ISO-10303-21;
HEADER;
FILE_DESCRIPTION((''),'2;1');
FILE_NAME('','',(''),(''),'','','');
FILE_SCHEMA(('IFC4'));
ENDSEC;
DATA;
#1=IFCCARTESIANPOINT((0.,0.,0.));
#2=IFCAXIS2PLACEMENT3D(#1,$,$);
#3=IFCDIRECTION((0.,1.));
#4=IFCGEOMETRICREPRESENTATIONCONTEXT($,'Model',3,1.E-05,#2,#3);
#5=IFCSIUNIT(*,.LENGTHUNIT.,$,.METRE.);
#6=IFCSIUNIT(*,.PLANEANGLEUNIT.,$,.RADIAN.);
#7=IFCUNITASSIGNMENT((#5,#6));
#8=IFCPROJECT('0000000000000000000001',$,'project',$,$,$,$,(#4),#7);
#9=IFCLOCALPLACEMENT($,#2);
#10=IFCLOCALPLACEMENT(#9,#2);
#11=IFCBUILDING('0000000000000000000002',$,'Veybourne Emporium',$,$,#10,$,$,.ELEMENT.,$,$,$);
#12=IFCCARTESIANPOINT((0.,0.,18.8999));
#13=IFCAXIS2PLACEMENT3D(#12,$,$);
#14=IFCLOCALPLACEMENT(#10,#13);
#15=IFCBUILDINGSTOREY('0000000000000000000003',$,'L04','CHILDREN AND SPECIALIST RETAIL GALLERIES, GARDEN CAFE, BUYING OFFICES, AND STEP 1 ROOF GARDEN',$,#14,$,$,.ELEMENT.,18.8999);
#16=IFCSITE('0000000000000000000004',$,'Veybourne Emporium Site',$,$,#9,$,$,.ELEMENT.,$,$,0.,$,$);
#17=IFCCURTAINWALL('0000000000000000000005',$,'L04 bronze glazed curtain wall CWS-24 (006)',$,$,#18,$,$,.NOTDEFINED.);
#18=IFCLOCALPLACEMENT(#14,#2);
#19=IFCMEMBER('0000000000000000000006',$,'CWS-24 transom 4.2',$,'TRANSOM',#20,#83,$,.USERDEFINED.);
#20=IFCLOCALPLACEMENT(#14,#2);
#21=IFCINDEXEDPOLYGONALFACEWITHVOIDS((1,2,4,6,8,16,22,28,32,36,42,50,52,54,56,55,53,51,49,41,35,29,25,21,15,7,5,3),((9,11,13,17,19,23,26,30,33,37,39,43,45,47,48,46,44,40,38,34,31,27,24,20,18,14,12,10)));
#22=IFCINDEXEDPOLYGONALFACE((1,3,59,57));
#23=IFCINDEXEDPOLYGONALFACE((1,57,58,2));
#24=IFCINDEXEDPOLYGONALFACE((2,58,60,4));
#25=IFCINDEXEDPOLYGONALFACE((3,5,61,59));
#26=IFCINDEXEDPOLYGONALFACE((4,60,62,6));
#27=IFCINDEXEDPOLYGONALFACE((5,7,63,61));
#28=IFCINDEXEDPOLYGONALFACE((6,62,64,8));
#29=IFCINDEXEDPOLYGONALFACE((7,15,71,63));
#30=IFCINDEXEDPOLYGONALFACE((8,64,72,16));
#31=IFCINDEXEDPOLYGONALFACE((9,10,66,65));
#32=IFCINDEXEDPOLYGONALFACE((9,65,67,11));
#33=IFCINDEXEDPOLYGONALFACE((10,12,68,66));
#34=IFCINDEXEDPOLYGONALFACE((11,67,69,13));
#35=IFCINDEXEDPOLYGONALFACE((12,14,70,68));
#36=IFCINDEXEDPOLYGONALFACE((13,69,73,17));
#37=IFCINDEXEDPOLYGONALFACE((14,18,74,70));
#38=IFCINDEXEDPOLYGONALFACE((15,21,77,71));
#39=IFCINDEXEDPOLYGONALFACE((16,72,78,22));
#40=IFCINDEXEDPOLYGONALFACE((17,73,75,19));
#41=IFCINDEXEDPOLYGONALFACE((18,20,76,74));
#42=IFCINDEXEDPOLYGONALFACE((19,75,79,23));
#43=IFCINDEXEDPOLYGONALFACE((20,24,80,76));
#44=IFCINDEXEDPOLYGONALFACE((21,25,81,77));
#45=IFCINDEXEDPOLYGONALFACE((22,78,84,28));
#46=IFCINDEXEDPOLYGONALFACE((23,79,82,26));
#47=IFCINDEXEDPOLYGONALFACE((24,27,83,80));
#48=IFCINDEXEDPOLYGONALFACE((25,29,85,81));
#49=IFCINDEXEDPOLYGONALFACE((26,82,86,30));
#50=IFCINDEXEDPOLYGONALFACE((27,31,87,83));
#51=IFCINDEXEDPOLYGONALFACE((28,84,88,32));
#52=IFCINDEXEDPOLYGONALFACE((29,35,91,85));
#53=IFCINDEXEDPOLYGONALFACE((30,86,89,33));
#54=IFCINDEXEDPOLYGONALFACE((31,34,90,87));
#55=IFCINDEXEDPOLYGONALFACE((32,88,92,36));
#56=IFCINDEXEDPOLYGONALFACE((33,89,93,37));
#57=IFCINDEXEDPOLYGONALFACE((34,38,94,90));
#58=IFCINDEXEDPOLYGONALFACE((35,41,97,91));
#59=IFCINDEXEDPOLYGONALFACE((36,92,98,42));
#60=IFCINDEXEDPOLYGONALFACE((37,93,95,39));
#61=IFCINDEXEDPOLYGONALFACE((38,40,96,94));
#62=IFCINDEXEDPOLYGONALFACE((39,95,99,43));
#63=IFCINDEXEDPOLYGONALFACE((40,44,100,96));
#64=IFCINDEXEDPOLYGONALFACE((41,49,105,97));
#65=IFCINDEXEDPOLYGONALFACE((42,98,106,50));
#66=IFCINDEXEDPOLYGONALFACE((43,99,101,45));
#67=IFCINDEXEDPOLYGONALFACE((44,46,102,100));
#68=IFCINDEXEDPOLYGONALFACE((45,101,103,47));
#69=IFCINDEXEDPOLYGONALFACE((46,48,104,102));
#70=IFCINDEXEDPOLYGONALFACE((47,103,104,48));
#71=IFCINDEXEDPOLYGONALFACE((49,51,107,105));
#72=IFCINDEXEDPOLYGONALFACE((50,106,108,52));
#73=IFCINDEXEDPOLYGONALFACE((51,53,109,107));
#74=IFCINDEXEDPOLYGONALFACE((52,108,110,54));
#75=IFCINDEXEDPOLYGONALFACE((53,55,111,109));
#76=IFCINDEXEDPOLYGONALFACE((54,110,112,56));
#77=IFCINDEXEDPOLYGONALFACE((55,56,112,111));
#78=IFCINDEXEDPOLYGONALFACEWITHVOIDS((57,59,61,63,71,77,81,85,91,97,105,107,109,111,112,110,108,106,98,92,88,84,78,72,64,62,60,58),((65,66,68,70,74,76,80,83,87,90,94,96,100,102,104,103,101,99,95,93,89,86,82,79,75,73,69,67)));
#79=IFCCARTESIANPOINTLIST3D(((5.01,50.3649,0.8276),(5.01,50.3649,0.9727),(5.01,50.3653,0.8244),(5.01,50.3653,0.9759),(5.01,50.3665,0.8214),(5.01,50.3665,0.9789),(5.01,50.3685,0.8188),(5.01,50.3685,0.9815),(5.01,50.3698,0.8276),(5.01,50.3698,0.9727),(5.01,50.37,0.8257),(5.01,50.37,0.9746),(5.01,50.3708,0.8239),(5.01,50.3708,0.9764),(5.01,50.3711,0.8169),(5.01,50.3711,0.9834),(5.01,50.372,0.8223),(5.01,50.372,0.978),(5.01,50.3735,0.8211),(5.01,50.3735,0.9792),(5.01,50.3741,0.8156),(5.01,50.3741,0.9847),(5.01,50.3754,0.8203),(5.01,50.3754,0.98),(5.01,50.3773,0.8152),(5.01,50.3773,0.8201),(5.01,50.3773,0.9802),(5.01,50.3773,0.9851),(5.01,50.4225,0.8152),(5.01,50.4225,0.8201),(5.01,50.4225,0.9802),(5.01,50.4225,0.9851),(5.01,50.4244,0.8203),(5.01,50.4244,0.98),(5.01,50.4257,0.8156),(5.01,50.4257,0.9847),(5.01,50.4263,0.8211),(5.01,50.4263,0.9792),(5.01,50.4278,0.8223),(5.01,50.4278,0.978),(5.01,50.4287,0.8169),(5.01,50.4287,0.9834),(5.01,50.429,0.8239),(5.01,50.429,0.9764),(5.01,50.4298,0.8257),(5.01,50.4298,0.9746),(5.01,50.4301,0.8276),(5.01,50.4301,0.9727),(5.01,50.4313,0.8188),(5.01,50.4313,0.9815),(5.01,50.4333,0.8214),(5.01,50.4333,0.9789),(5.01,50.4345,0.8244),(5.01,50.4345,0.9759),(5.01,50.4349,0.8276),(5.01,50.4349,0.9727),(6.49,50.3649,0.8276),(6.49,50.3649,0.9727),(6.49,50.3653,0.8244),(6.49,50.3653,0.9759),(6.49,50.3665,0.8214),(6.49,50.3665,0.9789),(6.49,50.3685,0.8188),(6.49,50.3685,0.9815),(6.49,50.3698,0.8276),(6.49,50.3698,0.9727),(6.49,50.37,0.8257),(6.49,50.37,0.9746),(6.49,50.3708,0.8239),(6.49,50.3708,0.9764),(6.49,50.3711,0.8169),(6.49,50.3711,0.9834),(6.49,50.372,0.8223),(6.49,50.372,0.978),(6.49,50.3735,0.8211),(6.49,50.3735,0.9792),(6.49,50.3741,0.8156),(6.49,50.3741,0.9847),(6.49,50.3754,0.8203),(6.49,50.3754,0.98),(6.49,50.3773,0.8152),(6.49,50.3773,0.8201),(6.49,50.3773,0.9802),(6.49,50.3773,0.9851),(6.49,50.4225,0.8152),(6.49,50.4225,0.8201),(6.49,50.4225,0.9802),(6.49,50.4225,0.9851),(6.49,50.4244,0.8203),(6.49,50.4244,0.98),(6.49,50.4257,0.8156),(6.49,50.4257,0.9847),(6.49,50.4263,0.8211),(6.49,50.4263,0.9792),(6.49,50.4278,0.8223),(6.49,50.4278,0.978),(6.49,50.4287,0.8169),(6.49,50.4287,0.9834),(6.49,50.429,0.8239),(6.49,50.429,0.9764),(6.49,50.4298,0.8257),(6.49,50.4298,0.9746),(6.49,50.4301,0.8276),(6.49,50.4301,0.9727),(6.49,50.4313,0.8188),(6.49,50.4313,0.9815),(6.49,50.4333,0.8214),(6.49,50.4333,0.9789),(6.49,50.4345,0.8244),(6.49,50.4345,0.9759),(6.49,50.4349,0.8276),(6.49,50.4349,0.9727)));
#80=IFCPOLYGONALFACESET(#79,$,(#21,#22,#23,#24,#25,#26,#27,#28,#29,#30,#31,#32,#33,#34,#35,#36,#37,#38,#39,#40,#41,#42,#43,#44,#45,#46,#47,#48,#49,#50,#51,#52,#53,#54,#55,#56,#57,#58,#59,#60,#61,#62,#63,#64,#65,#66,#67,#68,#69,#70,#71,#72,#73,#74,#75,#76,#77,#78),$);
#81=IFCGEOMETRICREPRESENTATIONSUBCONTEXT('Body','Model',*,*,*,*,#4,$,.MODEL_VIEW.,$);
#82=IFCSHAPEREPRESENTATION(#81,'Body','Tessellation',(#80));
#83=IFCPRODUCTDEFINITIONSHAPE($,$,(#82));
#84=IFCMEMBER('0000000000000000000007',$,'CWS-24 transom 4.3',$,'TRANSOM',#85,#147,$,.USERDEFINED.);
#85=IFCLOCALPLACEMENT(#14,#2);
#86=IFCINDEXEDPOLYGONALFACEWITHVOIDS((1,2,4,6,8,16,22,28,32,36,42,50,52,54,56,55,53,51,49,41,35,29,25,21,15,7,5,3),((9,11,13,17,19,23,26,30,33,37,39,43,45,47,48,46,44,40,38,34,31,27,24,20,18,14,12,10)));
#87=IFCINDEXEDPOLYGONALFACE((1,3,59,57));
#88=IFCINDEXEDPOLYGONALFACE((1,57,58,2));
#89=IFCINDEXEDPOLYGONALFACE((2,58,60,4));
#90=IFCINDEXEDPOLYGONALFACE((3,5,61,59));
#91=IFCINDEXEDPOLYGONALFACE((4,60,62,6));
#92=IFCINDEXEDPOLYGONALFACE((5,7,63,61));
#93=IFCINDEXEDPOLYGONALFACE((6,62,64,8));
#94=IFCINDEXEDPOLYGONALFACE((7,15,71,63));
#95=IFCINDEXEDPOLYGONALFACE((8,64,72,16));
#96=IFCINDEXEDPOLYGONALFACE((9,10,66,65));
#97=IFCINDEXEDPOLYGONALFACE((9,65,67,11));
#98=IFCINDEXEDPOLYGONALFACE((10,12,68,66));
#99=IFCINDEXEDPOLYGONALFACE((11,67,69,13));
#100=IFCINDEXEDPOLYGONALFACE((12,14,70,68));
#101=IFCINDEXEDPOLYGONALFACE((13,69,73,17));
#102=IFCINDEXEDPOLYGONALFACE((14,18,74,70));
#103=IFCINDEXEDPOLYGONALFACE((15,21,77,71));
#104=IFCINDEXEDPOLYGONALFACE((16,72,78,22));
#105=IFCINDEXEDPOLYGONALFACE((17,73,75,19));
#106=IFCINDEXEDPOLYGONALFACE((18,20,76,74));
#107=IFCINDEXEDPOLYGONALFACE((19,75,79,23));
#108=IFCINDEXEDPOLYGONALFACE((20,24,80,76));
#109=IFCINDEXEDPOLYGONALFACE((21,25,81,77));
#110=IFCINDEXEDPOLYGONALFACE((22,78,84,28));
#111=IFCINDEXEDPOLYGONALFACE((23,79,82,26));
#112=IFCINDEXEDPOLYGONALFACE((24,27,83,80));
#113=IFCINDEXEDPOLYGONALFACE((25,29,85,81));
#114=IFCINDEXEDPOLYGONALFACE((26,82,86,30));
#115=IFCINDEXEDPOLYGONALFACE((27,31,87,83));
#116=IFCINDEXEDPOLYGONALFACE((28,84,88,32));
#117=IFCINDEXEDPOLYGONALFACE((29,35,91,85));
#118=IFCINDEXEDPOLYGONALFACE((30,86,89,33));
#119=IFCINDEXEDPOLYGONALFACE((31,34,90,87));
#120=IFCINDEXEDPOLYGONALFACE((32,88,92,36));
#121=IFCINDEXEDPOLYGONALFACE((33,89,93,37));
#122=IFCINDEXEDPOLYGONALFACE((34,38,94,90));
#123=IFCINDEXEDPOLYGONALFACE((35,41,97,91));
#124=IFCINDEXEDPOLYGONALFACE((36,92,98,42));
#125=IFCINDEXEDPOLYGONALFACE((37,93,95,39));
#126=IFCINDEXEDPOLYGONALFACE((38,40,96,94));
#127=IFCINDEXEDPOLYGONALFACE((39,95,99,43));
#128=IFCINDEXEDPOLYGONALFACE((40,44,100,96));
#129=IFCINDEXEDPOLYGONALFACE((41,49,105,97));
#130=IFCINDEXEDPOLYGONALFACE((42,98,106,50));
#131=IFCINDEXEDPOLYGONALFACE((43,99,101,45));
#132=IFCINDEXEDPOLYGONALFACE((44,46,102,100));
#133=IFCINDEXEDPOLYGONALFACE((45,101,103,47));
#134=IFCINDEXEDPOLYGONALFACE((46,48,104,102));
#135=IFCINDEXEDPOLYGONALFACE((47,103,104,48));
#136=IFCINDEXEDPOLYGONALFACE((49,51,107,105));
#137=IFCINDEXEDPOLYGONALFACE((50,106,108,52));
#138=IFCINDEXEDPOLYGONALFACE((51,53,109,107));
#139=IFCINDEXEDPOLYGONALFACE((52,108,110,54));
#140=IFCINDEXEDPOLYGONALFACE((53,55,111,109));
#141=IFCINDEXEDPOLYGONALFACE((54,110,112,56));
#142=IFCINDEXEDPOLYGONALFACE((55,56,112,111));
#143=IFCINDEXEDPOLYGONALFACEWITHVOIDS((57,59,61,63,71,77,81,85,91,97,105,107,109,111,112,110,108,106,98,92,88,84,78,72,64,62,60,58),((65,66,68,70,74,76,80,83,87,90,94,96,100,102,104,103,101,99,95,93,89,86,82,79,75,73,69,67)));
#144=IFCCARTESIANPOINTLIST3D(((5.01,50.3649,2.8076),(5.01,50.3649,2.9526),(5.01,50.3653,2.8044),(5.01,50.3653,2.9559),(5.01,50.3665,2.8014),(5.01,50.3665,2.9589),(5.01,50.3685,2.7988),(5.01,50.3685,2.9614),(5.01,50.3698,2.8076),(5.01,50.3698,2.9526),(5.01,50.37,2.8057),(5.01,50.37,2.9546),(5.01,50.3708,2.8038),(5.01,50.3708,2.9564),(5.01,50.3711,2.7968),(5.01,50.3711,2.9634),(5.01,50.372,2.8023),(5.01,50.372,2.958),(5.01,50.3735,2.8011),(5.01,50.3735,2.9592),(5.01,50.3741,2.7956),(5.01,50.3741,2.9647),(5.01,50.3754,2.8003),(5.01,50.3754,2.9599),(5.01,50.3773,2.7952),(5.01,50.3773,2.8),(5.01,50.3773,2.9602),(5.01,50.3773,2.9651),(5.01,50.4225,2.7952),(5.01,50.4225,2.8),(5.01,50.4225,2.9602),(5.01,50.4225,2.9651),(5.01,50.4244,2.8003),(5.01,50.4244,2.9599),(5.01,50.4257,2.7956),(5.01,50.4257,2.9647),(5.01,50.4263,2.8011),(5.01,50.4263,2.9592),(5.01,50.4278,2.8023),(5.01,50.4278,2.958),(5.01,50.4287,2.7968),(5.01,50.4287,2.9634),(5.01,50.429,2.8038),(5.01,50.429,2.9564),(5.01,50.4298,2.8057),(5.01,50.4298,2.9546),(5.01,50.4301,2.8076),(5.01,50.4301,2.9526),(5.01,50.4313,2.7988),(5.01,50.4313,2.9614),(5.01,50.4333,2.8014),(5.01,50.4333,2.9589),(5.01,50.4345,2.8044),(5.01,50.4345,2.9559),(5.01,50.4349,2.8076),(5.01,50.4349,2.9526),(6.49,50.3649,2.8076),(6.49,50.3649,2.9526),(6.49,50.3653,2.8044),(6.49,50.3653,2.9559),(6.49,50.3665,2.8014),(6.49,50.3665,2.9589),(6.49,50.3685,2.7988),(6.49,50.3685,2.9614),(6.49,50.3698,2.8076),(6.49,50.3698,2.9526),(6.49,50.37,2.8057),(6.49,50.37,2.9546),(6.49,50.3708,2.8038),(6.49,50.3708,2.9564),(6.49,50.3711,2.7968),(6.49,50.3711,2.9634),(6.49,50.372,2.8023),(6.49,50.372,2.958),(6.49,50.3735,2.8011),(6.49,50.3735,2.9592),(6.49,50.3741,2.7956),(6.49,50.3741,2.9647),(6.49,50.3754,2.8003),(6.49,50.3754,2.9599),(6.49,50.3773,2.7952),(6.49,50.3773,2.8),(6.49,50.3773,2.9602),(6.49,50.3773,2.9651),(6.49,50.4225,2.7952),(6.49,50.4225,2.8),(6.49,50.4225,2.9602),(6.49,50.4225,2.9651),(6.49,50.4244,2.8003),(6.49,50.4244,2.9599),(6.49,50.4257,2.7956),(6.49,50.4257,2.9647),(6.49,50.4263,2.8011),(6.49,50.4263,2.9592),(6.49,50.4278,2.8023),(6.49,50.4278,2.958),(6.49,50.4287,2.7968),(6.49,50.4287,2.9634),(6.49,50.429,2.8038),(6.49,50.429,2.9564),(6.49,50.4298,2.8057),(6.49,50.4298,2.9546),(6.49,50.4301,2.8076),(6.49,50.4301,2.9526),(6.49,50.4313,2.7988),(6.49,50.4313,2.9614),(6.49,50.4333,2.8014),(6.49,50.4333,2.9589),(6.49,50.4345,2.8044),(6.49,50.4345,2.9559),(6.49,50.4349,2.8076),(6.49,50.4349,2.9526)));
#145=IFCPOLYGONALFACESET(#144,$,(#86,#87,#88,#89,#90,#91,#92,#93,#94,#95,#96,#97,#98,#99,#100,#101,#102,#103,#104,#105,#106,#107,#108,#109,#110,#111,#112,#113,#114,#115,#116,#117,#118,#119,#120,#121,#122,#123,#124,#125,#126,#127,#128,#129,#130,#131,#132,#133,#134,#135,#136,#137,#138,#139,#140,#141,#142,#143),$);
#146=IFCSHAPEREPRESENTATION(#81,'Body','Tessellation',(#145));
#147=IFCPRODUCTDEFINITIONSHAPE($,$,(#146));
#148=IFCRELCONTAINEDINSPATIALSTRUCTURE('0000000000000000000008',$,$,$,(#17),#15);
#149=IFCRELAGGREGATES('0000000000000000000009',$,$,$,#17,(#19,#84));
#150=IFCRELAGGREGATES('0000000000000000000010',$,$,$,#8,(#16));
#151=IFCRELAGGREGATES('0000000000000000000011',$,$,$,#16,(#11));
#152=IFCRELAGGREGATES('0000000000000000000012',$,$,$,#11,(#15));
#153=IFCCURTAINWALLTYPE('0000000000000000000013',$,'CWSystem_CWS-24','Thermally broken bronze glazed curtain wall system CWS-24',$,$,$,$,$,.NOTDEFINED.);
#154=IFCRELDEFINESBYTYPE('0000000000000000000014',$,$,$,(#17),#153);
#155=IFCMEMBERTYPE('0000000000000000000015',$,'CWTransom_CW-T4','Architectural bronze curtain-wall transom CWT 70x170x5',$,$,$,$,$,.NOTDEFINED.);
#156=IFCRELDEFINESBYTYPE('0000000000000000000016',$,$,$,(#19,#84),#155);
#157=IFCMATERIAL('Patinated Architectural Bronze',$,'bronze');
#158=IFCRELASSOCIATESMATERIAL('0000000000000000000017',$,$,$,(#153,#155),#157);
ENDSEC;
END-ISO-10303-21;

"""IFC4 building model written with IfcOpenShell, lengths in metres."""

from ifc_helpers import new_model, si_unit, direction, frame, origin, origin_2d, place, context, subcontext, project, spatial, hollow_rectangle, extrude, material, material_profile, profile_set, type_object, element, aggregate, save


model = new_model("IFC4")

# Units and contexts
model_context = context("Model", 3, precision=1e-05, world=origin(), true_north=direction((0.0, 1.0)))
body_context = subcontext(model_context, "Body", "Model", "MODEL_VIEW")
ifc_project = project(units=[si_unit("LENGTHUNIT", "METRE"), si_unit("PLANEANGLEUNIT", "RADIAN")], contexts=[model_context])

# Site, building, storey
site_placement = place(None, origin())
site = spatial("IfcSite", under=ifc_project, at=site_placement, Name="Veybourne Emporium Site", CompositionType="ELEMENT", RefElevation=0.0)
building_placement = place(site_placement, origin())
building = spatial("IfcBuilding", under=site, at=building_placement, Name="Veybourne Emporium", CompositionType="ELEMENT")
storey_placement = place(building_placement, frame((0.0, 0.0, 18.8999)))
storey = spatial("IfcBuildingStorey", under=building, at=storey_placement, Name="L04", Description="CHILDREN AND SPECIALIST RETAIL GALLERIES, GARDEN CAFE, BUYING OFFICES, AND STEP 1 ROOF GARDEN", CompositionType="ELEMENT", Elevation=18.8999)

# Curtain wall, members
ifc_material_1 = material(Name="Patinated Architectural Bronze", Category="bronze")
curtain_wall_type = type_object("IfcCurtainWallType", Name="CWSystem_CWS-24", Description="Thermally broken bronze glazed curtain wall system CWS-24", PredefinedType="NOTDEFINED", material=ifc_material_1)
curtain_wall_placement = place(storey_placement, origin())
curtain_wall = element("IfcCurtainWall", 1, at=curtain_wall_placement, inside=storey, type_object=curtain_wall_type, Name="L04 bronze glazed curtain wall CWS-24 (006)", PredefinedType="NOTDEFINED")
ifc_material_profile_1 = material_profile(ifc_material_1, hollow_rectangle(XDim=0.0701, YDim=0.1699, WallThickness=0.0049, InnerFilletRadius=0.0076, OuterFilletRadius=0.0125, at=origin_2d()), Name="CWT 70x170x5")
ifc_profile_set_1 = profile_set([ifc_material_profile_1], Name="Patinated Architectural Bronze")
member_type_1 = type_object("IfcMemberType", Name="CWTransom_CW-T4", Description="Architectural bronze curtain-wall transom CWT 70x170x5", PredefinedType="NOTDEFINED", material=ifc_profile_set_1)
member_1_placement = place(storey_placement, frame((5.01, 50.3999, 0.9001), z_axis=(1.0, 0.0, 0.0), x_axis=(0.0, 1.0, 0.0)))
member_1 = element("IfcMember", 2, at=member_1_placement, type_object=member_type_1, Name="CWS-24 transom 4.2", ObjectType="TRANSOM", PredefinedType="USERDEFINED", context=body_context, shape_type="SweptSolid", body=[
    extrude(hollow_rectangle(XDim=0.0701, YDim=0.1699, WallThickness=0.0049, InnerFilletRadius=0.0076, OuterFilletRadius=0.0125, at=origin_2d()), origin(), (0.0, 0.0, 1.0), 1.48),
])
member_2_placement = place(storey_placement, frame((5.01, 50.3999, 2.8801), z_axis=(1.0, 0.0, 0.0), x_axis=(0.0, 1.0, 0.0)))
member_2 = element("IfcMember", 3, at=member_2_placement, type_object=member_type_1, Name="CWS-24 transom 4.3", ObjectType="TRANSOM", PredefinedType="USERDEFINED", context=body_context, shape_type="SweptSolid", body=[
    extrude(hollow_rectangle(XDim=0.0701, YDim=0.1699, WallThickness=0.0049, InnerFilletRadius=0.0076, OuterFilletRadius=0.0125, at=origin_2d()), origin(), (0.0, 0.0, 1.0), 1.48),
])
aggregate(curtain_wall, [member_1, member_2])

save(model, "model.ifc")
